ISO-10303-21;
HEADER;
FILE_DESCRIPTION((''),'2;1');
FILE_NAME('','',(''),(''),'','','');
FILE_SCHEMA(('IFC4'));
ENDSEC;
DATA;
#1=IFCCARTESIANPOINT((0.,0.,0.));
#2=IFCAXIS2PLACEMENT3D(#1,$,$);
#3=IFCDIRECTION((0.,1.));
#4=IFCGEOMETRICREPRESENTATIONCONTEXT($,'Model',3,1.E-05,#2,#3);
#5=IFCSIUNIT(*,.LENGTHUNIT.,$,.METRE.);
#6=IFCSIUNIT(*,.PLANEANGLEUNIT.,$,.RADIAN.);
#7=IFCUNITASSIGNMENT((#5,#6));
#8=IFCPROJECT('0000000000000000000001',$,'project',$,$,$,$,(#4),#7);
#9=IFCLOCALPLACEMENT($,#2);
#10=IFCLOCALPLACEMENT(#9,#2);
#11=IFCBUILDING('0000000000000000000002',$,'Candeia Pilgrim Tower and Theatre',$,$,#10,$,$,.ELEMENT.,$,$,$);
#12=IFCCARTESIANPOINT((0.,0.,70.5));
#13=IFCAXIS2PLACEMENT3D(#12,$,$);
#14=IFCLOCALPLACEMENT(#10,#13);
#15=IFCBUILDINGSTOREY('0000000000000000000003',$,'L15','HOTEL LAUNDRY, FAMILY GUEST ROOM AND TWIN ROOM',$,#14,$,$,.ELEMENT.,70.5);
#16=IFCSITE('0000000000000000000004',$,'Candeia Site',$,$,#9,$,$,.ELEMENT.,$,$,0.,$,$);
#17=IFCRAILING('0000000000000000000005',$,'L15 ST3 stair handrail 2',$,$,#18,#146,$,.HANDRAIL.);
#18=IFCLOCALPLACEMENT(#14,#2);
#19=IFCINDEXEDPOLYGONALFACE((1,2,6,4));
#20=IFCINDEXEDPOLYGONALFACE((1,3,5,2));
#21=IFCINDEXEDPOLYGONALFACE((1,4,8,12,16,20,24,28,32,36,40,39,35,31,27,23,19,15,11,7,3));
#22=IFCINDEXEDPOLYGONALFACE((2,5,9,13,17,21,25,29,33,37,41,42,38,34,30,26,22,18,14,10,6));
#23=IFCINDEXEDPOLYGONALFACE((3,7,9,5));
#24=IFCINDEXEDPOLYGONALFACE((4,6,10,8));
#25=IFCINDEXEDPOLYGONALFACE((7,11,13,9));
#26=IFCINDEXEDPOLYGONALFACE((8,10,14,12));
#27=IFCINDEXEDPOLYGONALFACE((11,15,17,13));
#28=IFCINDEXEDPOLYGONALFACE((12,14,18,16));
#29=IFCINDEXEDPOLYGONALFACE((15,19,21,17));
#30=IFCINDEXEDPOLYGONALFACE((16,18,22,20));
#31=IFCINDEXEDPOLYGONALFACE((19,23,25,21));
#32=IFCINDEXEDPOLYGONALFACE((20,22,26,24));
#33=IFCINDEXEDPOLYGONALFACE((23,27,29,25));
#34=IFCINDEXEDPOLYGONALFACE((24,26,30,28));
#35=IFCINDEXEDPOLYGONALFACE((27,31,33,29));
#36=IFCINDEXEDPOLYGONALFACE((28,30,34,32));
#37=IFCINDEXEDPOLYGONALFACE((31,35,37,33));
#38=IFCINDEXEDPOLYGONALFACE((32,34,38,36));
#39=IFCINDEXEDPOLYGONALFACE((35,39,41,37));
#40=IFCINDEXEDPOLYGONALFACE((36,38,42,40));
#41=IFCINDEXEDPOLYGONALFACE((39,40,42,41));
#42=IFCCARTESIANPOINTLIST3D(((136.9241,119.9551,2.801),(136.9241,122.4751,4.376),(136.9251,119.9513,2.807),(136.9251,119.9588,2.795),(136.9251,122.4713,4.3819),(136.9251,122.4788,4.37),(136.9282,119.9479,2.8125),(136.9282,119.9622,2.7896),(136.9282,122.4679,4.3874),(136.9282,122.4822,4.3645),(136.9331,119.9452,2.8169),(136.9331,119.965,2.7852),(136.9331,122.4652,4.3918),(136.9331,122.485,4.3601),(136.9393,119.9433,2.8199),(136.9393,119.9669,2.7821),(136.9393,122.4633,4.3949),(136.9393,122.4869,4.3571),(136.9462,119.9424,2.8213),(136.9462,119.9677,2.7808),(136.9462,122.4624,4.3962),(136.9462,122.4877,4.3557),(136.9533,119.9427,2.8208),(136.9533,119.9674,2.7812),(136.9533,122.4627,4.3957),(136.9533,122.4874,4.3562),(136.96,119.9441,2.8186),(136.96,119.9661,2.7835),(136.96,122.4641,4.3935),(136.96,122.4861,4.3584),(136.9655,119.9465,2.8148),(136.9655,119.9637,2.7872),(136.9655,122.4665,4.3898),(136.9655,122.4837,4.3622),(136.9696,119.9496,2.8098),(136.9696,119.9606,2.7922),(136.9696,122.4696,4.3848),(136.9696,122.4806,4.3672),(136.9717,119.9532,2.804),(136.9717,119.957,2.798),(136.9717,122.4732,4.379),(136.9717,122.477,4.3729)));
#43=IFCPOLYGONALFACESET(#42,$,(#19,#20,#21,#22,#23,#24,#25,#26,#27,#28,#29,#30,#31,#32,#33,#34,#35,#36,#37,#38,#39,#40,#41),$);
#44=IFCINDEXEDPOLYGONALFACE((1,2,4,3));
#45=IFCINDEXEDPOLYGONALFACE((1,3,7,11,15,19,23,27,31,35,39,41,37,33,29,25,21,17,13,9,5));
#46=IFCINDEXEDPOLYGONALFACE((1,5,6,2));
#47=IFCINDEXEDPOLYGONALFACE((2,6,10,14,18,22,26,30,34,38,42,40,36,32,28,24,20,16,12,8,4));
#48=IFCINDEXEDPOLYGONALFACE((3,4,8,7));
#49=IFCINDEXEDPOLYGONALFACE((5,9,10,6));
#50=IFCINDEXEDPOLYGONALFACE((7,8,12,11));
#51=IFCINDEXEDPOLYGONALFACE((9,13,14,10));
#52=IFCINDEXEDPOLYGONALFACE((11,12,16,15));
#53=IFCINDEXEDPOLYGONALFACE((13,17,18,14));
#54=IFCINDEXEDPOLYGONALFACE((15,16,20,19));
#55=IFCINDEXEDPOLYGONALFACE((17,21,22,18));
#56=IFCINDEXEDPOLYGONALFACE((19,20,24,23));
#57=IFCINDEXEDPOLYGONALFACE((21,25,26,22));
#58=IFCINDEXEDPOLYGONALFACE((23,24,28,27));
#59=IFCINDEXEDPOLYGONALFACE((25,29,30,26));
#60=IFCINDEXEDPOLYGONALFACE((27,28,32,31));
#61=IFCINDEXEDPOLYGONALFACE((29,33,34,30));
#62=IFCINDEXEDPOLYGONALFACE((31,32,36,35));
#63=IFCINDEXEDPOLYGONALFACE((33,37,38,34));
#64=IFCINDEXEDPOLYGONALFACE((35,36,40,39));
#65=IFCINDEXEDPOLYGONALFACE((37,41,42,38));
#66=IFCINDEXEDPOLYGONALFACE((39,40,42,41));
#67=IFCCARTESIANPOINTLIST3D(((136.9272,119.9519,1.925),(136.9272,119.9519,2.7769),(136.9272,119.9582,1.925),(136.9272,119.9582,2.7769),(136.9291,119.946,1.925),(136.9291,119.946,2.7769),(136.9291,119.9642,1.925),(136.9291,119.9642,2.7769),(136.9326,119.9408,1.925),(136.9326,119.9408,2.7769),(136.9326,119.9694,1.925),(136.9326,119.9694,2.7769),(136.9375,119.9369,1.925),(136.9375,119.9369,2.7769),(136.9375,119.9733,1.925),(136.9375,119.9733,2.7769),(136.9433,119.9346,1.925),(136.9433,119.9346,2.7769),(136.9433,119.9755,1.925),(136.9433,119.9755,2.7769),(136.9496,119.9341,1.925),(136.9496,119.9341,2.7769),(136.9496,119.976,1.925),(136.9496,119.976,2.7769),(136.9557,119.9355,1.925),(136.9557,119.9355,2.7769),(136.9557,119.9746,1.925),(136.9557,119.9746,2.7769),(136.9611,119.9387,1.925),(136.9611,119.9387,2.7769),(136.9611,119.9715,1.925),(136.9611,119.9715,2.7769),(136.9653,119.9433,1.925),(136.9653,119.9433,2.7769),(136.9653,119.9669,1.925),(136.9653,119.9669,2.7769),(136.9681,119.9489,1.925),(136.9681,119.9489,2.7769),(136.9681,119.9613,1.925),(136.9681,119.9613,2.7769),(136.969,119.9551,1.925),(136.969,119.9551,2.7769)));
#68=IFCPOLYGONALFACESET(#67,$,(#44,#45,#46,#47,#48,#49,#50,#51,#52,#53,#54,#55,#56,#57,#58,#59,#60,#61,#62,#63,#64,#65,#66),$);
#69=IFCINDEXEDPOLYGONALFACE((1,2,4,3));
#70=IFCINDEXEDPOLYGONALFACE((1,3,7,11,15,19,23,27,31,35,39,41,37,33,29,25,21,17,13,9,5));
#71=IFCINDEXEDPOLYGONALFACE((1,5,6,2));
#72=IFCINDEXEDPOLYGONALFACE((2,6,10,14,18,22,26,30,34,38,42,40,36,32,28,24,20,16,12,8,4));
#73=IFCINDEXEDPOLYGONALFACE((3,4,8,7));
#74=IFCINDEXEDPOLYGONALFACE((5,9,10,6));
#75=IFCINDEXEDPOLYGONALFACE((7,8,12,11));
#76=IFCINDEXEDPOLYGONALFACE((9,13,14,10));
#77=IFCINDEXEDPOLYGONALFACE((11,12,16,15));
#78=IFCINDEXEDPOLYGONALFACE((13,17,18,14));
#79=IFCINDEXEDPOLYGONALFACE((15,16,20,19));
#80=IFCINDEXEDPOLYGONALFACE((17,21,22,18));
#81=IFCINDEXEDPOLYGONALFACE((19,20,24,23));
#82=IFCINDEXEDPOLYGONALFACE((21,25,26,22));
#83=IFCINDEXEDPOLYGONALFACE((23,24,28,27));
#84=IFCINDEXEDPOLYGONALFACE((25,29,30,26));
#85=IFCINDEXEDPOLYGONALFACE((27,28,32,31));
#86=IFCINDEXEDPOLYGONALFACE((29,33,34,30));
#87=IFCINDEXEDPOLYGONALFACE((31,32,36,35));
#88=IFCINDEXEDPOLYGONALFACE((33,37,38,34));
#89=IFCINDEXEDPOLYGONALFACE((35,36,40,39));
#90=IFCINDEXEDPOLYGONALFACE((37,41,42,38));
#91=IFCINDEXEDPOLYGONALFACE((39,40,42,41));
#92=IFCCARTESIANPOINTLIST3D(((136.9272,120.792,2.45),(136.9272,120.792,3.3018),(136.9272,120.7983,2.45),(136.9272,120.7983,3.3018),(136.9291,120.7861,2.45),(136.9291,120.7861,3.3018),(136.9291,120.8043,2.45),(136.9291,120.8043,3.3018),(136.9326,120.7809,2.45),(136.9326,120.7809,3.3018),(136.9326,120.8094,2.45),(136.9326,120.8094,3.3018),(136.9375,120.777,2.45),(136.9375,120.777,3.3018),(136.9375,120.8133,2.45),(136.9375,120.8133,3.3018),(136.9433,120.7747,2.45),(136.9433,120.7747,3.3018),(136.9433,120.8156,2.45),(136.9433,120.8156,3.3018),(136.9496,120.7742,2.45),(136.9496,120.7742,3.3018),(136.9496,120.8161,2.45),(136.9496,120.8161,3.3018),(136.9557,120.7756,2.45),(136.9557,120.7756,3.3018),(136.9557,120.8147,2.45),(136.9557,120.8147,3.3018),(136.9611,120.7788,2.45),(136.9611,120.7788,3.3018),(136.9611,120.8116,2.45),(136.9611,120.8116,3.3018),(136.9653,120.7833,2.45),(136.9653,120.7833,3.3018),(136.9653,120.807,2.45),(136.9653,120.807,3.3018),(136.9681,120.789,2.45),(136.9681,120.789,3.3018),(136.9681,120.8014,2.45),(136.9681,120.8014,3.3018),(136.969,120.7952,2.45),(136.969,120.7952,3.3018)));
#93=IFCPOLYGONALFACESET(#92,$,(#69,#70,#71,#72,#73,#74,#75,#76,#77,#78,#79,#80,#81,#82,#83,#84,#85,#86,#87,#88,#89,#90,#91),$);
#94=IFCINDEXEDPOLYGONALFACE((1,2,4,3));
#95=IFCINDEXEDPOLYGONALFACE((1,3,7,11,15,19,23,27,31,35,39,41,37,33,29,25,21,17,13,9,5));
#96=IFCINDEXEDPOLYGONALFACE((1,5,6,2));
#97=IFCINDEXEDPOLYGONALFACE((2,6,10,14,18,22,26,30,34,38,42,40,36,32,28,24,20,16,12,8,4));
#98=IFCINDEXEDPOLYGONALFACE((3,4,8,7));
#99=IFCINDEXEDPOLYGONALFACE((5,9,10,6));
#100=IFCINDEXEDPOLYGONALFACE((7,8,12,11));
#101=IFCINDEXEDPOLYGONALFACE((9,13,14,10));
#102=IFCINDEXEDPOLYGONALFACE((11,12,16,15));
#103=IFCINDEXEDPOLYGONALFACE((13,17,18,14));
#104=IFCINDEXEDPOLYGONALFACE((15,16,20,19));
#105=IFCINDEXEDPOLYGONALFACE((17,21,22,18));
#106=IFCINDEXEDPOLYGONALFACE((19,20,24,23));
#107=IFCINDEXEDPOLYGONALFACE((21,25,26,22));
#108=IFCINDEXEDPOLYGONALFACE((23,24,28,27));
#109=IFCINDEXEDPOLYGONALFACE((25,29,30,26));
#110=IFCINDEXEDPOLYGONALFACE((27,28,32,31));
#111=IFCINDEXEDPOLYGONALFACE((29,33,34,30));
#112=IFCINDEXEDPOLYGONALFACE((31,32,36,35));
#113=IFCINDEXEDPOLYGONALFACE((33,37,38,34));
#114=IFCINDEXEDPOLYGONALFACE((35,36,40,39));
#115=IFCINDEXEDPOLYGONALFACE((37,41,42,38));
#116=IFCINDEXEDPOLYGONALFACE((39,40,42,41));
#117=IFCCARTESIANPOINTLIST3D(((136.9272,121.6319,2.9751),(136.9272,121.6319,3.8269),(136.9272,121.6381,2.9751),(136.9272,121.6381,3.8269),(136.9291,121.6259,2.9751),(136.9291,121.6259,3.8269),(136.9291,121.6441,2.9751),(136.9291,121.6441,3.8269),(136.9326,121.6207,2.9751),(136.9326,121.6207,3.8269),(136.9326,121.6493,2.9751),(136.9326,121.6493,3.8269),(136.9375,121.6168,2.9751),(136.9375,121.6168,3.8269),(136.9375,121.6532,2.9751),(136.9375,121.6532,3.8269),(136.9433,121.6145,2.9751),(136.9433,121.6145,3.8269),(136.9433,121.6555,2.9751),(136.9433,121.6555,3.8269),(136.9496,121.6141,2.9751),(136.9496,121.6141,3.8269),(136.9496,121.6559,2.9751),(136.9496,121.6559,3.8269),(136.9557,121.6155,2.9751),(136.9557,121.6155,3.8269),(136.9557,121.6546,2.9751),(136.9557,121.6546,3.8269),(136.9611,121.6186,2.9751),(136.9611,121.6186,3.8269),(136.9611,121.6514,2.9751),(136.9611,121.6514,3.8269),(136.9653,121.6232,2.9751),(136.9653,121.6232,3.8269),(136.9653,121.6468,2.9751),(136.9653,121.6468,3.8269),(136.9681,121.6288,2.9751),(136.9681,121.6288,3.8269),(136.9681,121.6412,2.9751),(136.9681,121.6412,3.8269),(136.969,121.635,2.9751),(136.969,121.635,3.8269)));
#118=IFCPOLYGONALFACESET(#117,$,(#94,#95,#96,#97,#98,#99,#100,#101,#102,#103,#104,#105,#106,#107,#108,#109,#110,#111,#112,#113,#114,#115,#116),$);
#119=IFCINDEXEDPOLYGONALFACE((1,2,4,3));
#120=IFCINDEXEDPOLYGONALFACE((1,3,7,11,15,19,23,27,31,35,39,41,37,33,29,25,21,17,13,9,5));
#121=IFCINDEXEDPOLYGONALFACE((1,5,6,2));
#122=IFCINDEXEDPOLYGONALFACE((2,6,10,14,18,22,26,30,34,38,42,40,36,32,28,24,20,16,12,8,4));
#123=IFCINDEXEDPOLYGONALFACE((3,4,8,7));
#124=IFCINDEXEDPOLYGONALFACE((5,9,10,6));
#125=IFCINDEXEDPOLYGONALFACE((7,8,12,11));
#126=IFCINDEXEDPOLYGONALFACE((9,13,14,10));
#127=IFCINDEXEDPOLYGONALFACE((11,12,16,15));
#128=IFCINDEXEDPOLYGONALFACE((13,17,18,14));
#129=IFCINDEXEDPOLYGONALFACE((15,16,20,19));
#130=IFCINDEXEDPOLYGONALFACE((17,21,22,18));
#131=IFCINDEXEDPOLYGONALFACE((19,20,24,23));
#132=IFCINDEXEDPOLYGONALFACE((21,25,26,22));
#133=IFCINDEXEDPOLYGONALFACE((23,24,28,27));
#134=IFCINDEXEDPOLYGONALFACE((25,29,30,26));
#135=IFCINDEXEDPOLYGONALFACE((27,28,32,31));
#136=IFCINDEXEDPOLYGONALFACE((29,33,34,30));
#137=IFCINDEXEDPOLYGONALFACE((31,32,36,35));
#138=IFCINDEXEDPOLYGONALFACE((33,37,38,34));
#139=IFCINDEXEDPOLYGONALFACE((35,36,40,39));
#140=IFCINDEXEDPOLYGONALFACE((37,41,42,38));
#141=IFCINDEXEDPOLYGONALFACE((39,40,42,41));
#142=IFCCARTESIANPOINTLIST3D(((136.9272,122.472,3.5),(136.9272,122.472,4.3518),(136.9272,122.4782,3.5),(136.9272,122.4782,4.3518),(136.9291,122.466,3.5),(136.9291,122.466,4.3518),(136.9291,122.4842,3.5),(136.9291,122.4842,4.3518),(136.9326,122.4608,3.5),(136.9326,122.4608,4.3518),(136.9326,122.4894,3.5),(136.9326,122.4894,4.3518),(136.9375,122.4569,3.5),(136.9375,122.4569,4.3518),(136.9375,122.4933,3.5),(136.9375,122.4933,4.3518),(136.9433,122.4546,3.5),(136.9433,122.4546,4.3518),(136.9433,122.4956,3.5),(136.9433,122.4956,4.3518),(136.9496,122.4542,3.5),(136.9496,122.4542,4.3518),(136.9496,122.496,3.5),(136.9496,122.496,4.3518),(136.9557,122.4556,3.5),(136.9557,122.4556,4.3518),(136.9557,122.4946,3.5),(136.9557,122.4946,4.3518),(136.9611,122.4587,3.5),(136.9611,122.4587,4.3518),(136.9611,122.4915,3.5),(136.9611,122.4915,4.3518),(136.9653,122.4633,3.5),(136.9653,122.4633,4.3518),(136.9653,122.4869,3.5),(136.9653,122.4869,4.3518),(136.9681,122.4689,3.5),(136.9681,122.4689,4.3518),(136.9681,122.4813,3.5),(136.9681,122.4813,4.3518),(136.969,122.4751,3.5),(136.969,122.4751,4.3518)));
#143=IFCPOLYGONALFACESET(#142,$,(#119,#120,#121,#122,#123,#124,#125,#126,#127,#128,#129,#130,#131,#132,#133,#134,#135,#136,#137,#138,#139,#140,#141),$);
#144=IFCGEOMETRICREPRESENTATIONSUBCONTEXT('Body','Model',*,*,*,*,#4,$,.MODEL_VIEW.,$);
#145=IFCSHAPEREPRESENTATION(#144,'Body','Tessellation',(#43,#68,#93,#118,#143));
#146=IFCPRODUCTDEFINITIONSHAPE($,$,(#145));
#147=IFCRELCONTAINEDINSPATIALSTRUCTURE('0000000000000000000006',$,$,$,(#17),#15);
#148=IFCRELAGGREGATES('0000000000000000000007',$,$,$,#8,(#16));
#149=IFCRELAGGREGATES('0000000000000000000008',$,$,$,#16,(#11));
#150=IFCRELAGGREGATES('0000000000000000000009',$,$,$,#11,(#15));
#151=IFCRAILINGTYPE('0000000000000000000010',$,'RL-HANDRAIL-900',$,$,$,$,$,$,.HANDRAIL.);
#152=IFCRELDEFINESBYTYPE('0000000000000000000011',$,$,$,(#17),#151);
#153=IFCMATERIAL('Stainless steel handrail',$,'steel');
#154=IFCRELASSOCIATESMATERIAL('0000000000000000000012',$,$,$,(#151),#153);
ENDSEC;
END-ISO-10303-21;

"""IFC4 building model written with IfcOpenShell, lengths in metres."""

from ifc_helpers import new_model, si_unit, direction, frame, origin, origin_2d, place, context, subcontext, project, spatial, circle, extrude, material, type_object, element, save


model = new_model("IFC4")

# Units and contexts
model_context = context("Model", 3, precision=1e-05, world=origin(), true_north=direction((0.0, 1.0)))
body_context = subcontext(model_context, "Body", "Model", "MODEL_VIEW")
ifc_project = project(units=[si_unit("LENGTHUNIT", "METRE"), si_unit("PLANEANGLEUNIT", "RADIAN")], contexts=[model_context])

# Site, building, storey
site_placement = place(None, origin())
site = spatial("IfcSite", under=ifc_project, at=site_placement, Name="Candeia Site", CompositionType="ELEMENT", RefElevation=0.0)
building_placement = place(site_placement, origin())
building = spatial("IfcBuilding", under=site, at=building_placement, Name="Candeia Pilgrim Tower and Theatre", CompositionType="ELEMENT")
storey_placement = place(building_placement, frame((0.0, 0.0, 70.5)))
storey = spatial("IfcBuildingStorey", under=building, at=storey_placement, Name="L15", Description="HOTEL LAUNDRY, FAMILY GUEST ROOM AND TWIN ROOM", CompositionType="ELEMENT", Elevation=70.5)

# Railing
ifc_material_1 = material(Name="Stainless steel handrail", Category="steel")
railing_type_1 = type_object("IfcRailingType", Name="RL-HANDRAIL-900", PredefinedType="HANDRAIL", material=ifc_material_1)
railing_1_placement = place(storey_placement, frame((136.948, 119.9551, 1.925)))
element("IfcRailing", 1, at=railing_1_placement, inside=storey, type_object=railing_type_1, Name="L15 ST3 stair handrail 2", PredefinedType="HANDRAIL", context=body_context, shape_type="SweptSolid", body=[
    extrude(circle(Radius=0.0239, at=origin_2d()), frame((0.0, 0.0, 0.876), z_axis=(0.0, 0.848008, 0.529984), x_axis=(-1.0, 0.0, 0.0)), (0.0, 0.0, 1.0), 2.9717),
    extrude(circle(Radius=0.021, at=origin_2d()), origin(), (0.0, 0.0, 1.0), 0.8518),
    extrude(circle(Radius=0.021, at=origin_2d()), frame((0.0, 0.8401, 0.5249)), (0.0, 0.0, 1.0), 0.8518),
    extrude(circle(Radius=0.021, at=origin_2d()), frame((0.0, 1.6799, 1.05)), (0.0, 0.0, 1.0), 0.8518),
    extrude(circle(Radius=0.021, at=origin_2d()), frame((0.0, 2.52, 1.575)), (0.0, 0.0, 1.0), 0.8518),
])

save(model, "model.ifc")
